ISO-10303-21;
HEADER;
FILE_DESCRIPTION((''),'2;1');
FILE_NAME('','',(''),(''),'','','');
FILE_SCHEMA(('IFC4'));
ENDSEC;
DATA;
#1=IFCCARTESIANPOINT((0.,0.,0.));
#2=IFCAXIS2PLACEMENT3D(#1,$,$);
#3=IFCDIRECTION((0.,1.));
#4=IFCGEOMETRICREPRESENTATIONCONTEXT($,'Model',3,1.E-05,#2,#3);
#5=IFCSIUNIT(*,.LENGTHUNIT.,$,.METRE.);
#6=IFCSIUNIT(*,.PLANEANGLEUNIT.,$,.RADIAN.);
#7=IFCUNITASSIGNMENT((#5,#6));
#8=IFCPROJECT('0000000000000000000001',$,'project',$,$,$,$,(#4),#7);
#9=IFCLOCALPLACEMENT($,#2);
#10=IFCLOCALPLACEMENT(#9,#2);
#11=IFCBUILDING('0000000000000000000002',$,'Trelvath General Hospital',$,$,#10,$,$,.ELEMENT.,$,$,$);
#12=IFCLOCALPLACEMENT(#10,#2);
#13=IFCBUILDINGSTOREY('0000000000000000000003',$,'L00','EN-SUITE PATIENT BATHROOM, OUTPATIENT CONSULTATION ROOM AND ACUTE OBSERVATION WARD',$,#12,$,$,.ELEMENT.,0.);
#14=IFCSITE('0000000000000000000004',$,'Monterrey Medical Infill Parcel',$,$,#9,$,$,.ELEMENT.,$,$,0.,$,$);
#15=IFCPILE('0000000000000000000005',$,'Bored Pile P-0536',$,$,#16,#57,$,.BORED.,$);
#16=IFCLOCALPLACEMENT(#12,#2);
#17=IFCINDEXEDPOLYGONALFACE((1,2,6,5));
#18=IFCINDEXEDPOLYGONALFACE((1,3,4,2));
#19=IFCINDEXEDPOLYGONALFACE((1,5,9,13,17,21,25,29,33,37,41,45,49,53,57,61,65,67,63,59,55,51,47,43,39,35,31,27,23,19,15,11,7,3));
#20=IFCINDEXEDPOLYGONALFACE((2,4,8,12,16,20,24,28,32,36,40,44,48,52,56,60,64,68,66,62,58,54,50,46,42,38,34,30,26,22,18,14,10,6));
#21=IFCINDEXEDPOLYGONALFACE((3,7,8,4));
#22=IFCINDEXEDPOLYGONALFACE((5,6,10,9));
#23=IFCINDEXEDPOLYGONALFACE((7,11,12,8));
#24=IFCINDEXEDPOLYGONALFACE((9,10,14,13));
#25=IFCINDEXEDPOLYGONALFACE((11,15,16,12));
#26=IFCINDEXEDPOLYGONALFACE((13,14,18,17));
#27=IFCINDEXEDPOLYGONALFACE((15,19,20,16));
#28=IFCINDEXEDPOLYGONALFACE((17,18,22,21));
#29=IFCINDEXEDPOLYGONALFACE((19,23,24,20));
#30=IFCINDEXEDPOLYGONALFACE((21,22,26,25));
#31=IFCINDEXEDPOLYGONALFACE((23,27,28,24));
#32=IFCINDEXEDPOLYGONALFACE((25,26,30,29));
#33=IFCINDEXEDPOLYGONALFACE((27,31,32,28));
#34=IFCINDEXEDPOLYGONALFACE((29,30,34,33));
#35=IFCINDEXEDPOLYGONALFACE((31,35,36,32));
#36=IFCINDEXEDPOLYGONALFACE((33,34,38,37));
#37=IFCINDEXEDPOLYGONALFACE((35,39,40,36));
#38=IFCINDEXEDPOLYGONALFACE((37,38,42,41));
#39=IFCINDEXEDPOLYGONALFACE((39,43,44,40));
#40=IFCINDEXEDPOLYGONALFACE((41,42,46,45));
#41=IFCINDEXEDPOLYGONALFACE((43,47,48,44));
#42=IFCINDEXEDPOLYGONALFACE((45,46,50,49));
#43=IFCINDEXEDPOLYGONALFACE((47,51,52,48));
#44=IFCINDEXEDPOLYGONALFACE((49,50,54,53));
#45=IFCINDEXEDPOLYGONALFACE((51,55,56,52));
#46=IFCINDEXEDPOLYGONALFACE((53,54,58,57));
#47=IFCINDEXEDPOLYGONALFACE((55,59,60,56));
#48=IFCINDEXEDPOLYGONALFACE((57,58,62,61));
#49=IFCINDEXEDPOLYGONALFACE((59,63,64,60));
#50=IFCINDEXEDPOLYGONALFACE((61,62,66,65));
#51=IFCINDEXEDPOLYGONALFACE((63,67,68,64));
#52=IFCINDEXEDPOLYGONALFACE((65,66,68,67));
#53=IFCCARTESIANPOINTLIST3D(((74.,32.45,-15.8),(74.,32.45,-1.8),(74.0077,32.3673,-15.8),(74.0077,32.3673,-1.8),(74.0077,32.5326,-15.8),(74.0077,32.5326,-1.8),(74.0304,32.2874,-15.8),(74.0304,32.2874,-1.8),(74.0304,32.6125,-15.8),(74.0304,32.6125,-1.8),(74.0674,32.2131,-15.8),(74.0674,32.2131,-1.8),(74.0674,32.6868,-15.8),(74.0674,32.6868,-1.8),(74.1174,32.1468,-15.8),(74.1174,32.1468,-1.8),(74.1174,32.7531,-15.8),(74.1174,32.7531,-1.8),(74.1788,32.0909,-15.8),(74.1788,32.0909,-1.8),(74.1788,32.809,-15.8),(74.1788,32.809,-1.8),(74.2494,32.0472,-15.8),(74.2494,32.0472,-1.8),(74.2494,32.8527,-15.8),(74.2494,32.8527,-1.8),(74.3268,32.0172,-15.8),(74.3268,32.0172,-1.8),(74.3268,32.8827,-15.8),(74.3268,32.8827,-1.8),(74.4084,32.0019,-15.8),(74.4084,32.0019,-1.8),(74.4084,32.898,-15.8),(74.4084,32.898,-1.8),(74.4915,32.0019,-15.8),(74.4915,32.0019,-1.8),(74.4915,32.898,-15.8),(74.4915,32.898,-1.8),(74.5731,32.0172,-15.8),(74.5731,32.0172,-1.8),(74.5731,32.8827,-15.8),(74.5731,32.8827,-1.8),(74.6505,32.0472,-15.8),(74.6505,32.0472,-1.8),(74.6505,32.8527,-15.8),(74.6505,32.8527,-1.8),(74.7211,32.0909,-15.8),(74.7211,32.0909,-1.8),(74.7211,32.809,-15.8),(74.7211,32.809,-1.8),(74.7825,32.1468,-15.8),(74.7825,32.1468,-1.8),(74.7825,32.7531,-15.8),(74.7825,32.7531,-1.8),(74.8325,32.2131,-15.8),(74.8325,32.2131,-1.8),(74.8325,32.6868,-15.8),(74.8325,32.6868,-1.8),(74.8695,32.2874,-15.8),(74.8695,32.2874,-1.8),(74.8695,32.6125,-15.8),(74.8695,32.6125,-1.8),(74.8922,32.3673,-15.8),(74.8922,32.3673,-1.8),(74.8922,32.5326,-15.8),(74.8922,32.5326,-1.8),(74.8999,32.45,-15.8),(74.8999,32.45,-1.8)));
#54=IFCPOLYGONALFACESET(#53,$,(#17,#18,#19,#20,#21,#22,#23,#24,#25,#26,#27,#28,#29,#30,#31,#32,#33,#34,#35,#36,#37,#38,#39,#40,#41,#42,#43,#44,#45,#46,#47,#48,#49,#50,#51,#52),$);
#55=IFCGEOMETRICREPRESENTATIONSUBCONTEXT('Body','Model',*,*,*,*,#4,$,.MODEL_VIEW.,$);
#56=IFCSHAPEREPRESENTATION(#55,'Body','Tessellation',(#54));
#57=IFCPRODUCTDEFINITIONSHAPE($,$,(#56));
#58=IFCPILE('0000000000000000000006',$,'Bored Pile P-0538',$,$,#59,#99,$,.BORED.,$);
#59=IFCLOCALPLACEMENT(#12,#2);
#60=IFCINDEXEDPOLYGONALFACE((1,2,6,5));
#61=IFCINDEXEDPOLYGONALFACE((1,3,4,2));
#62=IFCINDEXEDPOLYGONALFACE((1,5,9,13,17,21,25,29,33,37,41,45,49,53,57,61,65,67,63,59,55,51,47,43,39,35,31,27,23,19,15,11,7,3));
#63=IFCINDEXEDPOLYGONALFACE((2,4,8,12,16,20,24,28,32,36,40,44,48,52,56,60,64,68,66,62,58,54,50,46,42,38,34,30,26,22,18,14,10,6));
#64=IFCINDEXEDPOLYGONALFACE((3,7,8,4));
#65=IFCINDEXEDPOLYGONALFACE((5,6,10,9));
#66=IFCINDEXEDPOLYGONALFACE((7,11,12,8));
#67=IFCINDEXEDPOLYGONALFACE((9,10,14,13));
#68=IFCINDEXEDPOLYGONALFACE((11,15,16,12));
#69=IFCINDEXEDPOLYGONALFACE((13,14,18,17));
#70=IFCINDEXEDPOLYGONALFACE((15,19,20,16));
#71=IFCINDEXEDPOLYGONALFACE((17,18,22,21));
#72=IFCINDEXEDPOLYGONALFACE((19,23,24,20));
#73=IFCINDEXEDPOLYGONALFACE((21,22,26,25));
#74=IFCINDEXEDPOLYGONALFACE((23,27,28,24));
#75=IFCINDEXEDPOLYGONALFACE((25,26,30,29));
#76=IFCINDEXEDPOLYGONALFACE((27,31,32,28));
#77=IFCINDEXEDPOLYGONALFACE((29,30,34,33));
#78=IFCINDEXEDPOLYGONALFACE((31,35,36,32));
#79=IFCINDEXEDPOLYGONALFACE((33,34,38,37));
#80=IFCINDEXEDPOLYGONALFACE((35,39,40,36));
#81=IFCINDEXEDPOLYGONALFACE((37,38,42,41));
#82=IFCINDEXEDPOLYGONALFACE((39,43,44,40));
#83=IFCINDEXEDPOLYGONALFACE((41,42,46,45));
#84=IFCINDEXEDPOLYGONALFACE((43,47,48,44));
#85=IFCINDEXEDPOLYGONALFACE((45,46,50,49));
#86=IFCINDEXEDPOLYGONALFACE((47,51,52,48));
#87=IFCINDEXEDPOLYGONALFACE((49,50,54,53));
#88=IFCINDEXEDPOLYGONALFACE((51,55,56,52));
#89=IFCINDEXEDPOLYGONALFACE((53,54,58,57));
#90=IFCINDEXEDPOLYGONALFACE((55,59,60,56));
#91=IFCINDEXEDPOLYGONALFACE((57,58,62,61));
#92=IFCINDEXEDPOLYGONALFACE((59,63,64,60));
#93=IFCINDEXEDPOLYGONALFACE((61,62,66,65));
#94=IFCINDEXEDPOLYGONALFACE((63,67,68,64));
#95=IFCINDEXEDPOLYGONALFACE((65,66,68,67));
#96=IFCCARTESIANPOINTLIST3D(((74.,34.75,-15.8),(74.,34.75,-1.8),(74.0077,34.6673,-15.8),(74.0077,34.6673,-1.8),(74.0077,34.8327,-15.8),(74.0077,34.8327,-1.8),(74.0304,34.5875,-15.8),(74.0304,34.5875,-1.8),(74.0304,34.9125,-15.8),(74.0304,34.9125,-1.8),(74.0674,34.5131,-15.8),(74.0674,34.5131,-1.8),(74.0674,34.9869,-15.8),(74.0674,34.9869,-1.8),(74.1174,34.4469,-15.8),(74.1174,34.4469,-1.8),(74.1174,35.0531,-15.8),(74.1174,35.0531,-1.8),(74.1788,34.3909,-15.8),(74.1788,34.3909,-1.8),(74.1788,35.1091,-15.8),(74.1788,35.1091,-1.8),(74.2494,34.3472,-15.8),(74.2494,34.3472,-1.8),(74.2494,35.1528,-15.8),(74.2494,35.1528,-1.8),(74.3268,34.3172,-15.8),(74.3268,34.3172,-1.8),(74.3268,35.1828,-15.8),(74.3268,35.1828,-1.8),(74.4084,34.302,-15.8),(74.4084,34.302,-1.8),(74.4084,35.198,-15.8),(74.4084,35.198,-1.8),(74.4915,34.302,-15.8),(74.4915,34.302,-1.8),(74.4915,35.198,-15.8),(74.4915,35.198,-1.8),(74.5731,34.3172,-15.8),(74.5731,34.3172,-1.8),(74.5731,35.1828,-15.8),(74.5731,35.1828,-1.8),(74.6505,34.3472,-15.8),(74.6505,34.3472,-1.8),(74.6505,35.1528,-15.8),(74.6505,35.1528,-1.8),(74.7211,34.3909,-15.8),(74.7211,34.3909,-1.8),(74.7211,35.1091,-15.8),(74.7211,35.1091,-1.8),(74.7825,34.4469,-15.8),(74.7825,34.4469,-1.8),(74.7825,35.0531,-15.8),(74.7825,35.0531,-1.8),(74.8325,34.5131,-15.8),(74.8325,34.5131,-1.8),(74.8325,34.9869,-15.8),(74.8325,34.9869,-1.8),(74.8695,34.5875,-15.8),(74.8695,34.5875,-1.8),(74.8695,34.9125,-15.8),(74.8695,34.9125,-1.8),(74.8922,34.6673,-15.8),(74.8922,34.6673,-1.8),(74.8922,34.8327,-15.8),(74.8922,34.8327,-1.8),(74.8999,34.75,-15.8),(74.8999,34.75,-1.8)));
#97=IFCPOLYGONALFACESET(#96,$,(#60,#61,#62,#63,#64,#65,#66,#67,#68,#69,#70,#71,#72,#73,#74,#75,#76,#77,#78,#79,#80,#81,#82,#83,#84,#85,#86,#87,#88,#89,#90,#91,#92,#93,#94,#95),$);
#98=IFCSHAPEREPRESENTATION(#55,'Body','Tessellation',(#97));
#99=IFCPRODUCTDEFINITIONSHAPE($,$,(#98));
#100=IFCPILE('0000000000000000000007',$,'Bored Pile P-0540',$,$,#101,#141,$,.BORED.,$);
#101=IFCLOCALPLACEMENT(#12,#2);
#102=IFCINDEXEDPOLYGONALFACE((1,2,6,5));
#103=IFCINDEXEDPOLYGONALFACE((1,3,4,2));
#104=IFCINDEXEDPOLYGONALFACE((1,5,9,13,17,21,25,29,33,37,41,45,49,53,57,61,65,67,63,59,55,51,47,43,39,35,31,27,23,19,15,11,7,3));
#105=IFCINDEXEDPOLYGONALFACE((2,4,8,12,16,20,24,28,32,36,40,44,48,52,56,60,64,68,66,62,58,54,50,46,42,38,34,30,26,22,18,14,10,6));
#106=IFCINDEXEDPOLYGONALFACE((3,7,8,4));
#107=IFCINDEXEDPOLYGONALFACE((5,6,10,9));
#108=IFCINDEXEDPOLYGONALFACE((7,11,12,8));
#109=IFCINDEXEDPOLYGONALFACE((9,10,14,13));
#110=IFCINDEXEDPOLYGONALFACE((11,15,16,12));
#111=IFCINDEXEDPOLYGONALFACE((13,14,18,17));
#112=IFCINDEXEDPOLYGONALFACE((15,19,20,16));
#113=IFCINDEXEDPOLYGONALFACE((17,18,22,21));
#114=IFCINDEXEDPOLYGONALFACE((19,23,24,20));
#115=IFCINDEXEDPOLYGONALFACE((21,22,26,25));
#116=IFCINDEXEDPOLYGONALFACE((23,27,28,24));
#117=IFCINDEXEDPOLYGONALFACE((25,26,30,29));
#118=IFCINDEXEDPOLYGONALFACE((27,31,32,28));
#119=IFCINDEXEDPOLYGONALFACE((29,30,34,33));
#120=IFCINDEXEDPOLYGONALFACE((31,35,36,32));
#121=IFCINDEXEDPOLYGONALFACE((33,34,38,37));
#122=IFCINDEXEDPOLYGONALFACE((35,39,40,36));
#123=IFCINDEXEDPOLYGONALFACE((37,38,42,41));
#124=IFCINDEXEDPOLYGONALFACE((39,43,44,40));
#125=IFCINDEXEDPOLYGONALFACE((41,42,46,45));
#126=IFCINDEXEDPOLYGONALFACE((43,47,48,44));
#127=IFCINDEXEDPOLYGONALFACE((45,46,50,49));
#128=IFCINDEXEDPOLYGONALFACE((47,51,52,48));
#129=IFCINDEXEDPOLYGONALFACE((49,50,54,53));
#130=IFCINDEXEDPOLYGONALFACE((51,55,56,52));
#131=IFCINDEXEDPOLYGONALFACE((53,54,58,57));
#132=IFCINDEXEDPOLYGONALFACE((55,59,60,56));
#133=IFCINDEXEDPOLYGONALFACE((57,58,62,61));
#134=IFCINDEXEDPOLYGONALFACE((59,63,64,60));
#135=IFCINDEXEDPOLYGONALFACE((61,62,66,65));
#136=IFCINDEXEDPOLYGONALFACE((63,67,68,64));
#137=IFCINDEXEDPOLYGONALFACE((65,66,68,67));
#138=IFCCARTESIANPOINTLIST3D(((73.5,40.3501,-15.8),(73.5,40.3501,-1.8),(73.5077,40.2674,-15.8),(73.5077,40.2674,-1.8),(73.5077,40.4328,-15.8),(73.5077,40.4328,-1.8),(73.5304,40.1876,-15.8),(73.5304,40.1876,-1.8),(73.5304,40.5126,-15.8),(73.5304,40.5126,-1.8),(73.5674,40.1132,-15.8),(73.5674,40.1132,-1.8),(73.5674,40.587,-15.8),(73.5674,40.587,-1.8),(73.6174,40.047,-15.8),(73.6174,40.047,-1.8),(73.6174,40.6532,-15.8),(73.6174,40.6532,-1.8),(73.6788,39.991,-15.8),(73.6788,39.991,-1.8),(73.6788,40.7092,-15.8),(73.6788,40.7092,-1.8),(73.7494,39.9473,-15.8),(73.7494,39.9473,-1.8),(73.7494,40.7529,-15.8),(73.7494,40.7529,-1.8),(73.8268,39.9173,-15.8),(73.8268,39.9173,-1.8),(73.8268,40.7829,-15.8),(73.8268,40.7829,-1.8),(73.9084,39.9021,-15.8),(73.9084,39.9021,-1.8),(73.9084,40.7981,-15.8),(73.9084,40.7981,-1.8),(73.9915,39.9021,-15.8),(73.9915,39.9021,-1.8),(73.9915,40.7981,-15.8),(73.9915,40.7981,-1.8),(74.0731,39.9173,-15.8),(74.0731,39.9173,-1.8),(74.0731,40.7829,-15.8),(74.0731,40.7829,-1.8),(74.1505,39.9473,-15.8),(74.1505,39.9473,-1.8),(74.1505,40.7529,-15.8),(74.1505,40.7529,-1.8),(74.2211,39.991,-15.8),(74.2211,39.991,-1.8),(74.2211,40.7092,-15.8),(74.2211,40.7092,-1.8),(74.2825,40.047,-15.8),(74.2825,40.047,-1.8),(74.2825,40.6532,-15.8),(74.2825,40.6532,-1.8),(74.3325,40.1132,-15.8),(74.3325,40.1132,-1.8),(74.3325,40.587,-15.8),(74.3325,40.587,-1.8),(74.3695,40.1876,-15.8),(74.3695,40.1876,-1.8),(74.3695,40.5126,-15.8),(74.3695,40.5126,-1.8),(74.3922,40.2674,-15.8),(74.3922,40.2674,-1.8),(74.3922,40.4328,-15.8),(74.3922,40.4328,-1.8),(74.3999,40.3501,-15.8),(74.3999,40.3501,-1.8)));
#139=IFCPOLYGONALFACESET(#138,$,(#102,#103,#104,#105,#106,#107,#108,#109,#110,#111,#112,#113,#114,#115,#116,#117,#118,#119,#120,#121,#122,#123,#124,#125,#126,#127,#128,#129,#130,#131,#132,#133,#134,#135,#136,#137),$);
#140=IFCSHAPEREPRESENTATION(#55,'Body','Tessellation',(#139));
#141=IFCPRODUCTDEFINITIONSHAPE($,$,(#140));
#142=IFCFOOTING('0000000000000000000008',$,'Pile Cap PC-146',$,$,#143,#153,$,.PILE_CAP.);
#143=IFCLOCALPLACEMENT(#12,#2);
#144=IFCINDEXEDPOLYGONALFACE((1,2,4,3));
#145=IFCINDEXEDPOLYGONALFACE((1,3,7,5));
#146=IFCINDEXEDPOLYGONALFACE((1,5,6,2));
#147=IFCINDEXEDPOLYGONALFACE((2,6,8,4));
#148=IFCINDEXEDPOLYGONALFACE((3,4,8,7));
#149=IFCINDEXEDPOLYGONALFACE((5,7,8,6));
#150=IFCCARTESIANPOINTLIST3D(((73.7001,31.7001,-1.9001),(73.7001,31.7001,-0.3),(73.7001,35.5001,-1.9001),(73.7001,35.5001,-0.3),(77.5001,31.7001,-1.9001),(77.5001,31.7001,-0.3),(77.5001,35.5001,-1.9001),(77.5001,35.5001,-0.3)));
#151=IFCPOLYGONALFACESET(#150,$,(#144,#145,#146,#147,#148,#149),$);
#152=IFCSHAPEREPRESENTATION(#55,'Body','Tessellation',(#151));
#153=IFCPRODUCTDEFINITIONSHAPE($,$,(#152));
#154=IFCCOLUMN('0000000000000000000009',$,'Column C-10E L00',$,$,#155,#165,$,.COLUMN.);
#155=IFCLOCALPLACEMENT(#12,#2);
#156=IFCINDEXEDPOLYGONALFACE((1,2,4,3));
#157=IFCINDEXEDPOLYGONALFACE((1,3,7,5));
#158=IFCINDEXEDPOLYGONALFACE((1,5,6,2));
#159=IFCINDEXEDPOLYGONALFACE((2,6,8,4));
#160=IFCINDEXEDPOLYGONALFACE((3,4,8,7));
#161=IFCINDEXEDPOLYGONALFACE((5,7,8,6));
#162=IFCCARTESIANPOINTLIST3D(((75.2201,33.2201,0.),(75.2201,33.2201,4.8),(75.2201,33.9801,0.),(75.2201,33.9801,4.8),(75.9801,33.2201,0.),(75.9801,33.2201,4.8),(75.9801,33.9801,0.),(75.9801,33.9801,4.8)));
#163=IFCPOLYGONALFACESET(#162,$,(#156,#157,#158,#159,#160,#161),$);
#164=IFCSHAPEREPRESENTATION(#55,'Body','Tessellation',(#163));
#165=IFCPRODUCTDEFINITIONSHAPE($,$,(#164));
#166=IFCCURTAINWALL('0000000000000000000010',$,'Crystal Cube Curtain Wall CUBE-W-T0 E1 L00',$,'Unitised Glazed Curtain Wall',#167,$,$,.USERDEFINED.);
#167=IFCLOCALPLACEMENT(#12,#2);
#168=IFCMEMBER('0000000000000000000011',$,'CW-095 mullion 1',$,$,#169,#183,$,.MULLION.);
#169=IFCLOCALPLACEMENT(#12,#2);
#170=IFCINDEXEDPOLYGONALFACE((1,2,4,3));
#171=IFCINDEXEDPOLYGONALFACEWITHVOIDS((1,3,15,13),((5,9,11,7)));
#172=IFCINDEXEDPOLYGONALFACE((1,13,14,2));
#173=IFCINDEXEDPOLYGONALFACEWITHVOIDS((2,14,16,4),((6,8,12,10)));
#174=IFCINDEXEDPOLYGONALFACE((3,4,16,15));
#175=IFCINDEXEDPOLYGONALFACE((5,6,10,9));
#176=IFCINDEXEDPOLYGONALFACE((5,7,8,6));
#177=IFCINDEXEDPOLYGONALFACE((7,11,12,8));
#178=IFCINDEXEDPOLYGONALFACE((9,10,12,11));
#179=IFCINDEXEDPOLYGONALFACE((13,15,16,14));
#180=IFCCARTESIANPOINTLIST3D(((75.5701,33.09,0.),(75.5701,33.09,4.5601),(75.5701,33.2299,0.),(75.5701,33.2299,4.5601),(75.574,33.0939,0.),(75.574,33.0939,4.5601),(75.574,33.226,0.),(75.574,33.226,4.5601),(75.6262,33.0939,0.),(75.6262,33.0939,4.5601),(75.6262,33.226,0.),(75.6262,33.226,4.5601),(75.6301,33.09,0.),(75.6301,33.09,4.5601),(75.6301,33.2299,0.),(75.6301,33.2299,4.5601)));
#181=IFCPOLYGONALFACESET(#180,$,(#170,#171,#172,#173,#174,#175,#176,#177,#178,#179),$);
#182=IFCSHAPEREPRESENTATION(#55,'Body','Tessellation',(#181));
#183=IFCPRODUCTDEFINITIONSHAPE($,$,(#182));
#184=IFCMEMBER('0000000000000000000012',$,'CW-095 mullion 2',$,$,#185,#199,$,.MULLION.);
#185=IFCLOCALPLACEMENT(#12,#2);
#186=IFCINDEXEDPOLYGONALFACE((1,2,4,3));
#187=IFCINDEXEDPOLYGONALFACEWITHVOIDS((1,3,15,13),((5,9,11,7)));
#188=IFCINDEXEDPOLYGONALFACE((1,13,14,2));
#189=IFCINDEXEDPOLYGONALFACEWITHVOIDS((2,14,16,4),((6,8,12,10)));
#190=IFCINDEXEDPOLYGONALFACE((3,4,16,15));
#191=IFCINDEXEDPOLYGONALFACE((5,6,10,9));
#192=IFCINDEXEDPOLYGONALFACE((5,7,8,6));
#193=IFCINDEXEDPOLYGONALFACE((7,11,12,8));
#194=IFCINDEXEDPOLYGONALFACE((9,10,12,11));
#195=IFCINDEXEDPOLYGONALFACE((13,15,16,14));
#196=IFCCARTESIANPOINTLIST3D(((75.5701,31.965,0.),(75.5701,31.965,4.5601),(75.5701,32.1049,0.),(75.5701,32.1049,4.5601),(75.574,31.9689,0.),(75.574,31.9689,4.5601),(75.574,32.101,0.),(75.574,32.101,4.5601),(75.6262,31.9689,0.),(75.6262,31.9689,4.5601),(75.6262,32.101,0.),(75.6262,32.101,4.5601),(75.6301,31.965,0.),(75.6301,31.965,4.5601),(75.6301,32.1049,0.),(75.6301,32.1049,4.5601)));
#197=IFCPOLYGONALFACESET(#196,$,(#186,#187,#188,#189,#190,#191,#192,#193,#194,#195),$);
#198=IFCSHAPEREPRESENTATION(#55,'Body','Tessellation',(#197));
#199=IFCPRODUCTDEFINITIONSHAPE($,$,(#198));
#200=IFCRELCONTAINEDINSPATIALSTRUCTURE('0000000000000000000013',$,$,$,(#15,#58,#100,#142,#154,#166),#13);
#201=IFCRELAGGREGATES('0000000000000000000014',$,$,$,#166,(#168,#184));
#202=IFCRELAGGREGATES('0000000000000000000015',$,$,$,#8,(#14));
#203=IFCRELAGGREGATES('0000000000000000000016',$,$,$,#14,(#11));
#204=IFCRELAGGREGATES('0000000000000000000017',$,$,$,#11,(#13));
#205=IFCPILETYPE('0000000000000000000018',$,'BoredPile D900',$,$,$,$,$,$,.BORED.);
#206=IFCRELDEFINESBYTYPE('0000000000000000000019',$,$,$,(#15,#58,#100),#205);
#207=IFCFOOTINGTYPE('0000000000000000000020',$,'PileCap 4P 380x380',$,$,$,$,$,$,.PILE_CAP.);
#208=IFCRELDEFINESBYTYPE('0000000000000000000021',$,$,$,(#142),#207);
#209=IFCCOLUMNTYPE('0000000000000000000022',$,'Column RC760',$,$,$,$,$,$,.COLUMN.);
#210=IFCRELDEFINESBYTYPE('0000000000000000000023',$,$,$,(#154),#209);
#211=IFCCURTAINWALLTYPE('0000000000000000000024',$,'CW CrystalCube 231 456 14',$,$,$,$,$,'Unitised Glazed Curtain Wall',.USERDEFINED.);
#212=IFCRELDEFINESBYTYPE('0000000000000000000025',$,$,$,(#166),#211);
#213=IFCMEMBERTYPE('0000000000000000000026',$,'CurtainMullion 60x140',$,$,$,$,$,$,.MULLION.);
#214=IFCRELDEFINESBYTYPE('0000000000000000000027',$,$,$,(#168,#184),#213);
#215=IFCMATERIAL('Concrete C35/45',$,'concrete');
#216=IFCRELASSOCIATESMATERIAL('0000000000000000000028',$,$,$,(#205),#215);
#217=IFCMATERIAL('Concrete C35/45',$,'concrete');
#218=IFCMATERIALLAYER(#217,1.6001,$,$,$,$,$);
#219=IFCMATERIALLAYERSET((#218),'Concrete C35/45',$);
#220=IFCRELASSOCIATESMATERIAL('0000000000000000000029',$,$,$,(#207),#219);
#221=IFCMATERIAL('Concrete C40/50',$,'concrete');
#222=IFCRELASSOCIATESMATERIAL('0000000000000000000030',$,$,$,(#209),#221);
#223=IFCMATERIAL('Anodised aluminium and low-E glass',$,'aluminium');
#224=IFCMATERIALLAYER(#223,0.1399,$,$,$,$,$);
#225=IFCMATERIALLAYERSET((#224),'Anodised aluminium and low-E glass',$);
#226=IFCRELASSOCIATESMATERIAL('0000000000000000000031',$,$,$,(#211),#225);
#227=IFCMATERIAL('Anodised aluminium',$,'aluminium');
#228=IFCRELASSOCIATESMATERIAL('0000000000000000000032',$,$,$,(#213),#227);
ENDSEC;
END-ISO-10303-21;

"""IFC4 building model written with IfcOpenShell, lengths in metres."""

from ifc_helpers import new_model, si_unit, direction, frame, origin, origin_2d, place, context, subcontext, project, spatial, rectangle, hollow_rectangle, circle, extrude, material, layer, layer_set, material_profile, profile_set, type_object, element, aggregate, save


model = new_model("IFC4")

# Units and contexts
model_context = context("Model", 3, precision=1e-05, world=origin(), true_north=direction((0.0, 1.0)))
body_context = subcontext(model_context, "Body", "Model", "MODEL_VIEW")
ifc_project = project(units=[si_unit("LENGTHUNIT", "METRE"), si_unit("PLANEANGLEUNIT", "RADIAN")], contexts=[model_context])

# Site, building, storey
site_placement = place(None, origin())
site = spatial("IfcSite", under=ifc_project, at=site_placement, Name="Monterrey Medical Infill Parcel", CompositionType="ELEMENT", RefElevation=0.0)
building_placement = place(site_placement, origin())
building = spatial("IfcBuilding", under=site, at=building_placement, Name="Trelvath General Hospital", CompositionType="ELEMENT")
storey_placement = place(building_placement, origin())
storey = spatial("IfcBuildingStorey", under=building, at=storey_placement, Name="L00", Description="EN-SUITE PATIENT BATHROOM, OUTPATIENT CONSULTATION ROOM AND ACUTE OBSERVATION WARD", CompositionType="ELEMENT", Elevation=0.0)

# Piles
ifc_material_1 = material(Name="Concrete C35/45", Category="concrete")
ifc_material_profile_1 = material_profile(ifc_material_1, circle(Radius=0.45, at=origin_2d()), Name="PILE900")
ifc_profile_set_1 = profile_set([ifc_material_profile_1], Name="Concrete C35/45")
pile_type = type_object("IfcPileType", Name="BoredPile D900", PredefinedType="BORED", material=ifc_profile_set_1)
for number, where, z_axis, x_axis, name in (
    (1, (74.45, 32.45, -1.8), (0.0, 0.0, -1.0), (1.0, 0.0, 0.0), "Bored Pile P-0536"),
    (2, (74.45, 34.75, -1.8), (0.0, 0.0, -1.0), (1.0, 0.0, 0.0), "Bored Pile P-0538"),
    (3, (73.95, 40.3501, -1.8), (0.0, 0.0, -1.0), (1.0, 0.0, 0.0), "Bored Pile P-0540"),
):
    element("IfcPile", number, at=place(storey_placement, frame(where, z_axis=z_axis, x_axis=x_axis)), inside=storey, type_object=pile_type, Name=name, PredefinedType="BORED", context=body_context, shape_type="SweptSolid", body=[
        extrude(circle(Radius=0.45, at=origin_2d()), origin(), (0.0, 0.0, 1.0), 14.0),
    ])

# Footing
ifc_material_2 = material(Name="Concrete C35/45", Category="concrete")
ifc_layer_1 = layer(ifc_material_2, 1.6001)
ifc_layer_set_1 = layer_set([ifc_layer_1], Name="Concrete C35/45")
footing_type = type_object("IfcFootingType", Name="PileCap 4P 380x380", PredefinedType="PILE_CAP", material=ifc_layer_set_1)
footing_placement = place(storey_placement, frame((75.6001, 33.6001, -1.9001), z_axis=(0.0, 0.0, 1.0), x_axis=(1.0, 0.0, 0.0)))
element("IfcFooting", 4, at=footing_placement, inside=storey, type_object=footing_type, Name="Pile Cap PC-146", PredefinedType="PILE_CAP", context=body_context, shape_type="SweptSolid", body=[
    extrude(rectangle(XDim=3.8, YDim=3.8, at=origin_2d()), origin(), (0.0, 0.0, 1.0), 1.6001),
])

# Column
ifc_material_3 = material(Name="Concrete C40/50", Category="concrete")
ifc_material_profile_2 = material_profile(ifc_material_3, rectangle(XDim=0.76, YDim=0.76, at=origin_2d()), Name="RC760x760")
ifc_profile_set_2 = profile_set([ifc_material_profile_2], Name="Concrete C40/50")
column_type = type_object("IfcColumnType", Name="Column RC760", PredefinedType="COLUMN", material=ifc_profile_set_2)
column_placement = place(storey_placement, frame((75.6001, 33.6001, 0.0), z_axis=(0.0, 0.0, 1.0), x_axis=(1.0, 0.0, 0.0)))
element("IfcColumn", 5, at=column_placement, inside=storey, type_object=column_type, Name="Column C-10E L00", PredefinedType="COLUMN", context=body_context, shape_type="SweptSolid", body=[
    extrude(rectangle(XDim=0.76, YDim=0.76, at=origin_2d()), origin(), (0.0, 0.0, 1.0), 4.8),
])

# Curtain wall, members
ifc_material_4 = material(Name="Anodised aluminium and low-E glass", Category="aluminium")
ifc_layer_2 = layer(ifc_material_4, 0.1399)
ifc_layer_set_2 = layer_set([ifc_layer_2], Name="Anodised aluminium and low-E glass")
curtain_wall_type_1 = type_object("IfcCurtainWallType", Name="CW CrystalCube 231 456 14", ElementType="Unitised Glazed Curtain Wall", PredefinedType="USERDEFINED", material=ifc_layer_set_2)
curtain_wall_1_placement = place(storey_placement, origin())
curtain_wall_1 = element("IfcCurtainWall", 6, at=curtain_wall_1_placement, inside=storey, type_object=curtain_wall_type_1, Name="Crystal Cube Curtain Wall CUBE-W-T0 E1 L00", ObjectType="Unitised Glazed Curtain Wall", PredefinedType="USERDEFINED")
ifc_material_5 = material(Name="Anodised aluminium", Category="aluminium")
ifc_material_profile_3 = material_profile(ifc_material_5, hollow_rectangle(XDim=0.0601, YDim=0.1399, WallThickness=0.0039, at=origin_2d()), Name="RHS60x140x4")
ifc_profile_set_3 = profile_set([ifc_material_profile_3], Name="Anodised aluminium")
member_type_1 = type_object("IfcMemberType", Name="CurtainMullion 60x140", PredefinedType="MULLION", material=ifc_profile_set_3)
member_1_placement = place(storey_placement, frame((75.6001, 33.1599, 0.0), z_axis=(0.0, 0.0, 1.0), x_axis=(1.0, 0.0, 0.0)))
member_1 = element("IfcMember", 7, at=member_1_placement, type_object=member_type_1, Name="CW-095 mullion 1", PredefinedType="MULLION", context=body_context, shape_type="SweptSolid", body=[
    extrude(hollow_rectangle(XDim=0.0601, YDim=0.1399, WallThickness=0.0039, at=origin_2d()), origin(), (0.0, 0.0, 1.0), 4.5601),
])
member_2_placement = place(storey_placement, frame((75.6001, 32.0349, 0.0), z_axis=(0.0, 0.0, 1.0), x_axis=(1.0, 0.0, 0.0)))
member_2 = element("IfcMember", 8, at=member_2_placement, type_object=member_type_1, Name="CW-095 mullion 2", PredefinedType="MULLION", context=body_context, shape_type="SweptSolid", body=[
    extrude(hollow_rectangle(XDim=0.0601, YDim=0.1399, WallThickness=0.0039, at=origin_2d()), origin(), (0.0, 0.0, 1.0), 4.5601),
])

aggregate(curtain_wall_1, [member_1, member_2])

save(model, "model.ifc")
